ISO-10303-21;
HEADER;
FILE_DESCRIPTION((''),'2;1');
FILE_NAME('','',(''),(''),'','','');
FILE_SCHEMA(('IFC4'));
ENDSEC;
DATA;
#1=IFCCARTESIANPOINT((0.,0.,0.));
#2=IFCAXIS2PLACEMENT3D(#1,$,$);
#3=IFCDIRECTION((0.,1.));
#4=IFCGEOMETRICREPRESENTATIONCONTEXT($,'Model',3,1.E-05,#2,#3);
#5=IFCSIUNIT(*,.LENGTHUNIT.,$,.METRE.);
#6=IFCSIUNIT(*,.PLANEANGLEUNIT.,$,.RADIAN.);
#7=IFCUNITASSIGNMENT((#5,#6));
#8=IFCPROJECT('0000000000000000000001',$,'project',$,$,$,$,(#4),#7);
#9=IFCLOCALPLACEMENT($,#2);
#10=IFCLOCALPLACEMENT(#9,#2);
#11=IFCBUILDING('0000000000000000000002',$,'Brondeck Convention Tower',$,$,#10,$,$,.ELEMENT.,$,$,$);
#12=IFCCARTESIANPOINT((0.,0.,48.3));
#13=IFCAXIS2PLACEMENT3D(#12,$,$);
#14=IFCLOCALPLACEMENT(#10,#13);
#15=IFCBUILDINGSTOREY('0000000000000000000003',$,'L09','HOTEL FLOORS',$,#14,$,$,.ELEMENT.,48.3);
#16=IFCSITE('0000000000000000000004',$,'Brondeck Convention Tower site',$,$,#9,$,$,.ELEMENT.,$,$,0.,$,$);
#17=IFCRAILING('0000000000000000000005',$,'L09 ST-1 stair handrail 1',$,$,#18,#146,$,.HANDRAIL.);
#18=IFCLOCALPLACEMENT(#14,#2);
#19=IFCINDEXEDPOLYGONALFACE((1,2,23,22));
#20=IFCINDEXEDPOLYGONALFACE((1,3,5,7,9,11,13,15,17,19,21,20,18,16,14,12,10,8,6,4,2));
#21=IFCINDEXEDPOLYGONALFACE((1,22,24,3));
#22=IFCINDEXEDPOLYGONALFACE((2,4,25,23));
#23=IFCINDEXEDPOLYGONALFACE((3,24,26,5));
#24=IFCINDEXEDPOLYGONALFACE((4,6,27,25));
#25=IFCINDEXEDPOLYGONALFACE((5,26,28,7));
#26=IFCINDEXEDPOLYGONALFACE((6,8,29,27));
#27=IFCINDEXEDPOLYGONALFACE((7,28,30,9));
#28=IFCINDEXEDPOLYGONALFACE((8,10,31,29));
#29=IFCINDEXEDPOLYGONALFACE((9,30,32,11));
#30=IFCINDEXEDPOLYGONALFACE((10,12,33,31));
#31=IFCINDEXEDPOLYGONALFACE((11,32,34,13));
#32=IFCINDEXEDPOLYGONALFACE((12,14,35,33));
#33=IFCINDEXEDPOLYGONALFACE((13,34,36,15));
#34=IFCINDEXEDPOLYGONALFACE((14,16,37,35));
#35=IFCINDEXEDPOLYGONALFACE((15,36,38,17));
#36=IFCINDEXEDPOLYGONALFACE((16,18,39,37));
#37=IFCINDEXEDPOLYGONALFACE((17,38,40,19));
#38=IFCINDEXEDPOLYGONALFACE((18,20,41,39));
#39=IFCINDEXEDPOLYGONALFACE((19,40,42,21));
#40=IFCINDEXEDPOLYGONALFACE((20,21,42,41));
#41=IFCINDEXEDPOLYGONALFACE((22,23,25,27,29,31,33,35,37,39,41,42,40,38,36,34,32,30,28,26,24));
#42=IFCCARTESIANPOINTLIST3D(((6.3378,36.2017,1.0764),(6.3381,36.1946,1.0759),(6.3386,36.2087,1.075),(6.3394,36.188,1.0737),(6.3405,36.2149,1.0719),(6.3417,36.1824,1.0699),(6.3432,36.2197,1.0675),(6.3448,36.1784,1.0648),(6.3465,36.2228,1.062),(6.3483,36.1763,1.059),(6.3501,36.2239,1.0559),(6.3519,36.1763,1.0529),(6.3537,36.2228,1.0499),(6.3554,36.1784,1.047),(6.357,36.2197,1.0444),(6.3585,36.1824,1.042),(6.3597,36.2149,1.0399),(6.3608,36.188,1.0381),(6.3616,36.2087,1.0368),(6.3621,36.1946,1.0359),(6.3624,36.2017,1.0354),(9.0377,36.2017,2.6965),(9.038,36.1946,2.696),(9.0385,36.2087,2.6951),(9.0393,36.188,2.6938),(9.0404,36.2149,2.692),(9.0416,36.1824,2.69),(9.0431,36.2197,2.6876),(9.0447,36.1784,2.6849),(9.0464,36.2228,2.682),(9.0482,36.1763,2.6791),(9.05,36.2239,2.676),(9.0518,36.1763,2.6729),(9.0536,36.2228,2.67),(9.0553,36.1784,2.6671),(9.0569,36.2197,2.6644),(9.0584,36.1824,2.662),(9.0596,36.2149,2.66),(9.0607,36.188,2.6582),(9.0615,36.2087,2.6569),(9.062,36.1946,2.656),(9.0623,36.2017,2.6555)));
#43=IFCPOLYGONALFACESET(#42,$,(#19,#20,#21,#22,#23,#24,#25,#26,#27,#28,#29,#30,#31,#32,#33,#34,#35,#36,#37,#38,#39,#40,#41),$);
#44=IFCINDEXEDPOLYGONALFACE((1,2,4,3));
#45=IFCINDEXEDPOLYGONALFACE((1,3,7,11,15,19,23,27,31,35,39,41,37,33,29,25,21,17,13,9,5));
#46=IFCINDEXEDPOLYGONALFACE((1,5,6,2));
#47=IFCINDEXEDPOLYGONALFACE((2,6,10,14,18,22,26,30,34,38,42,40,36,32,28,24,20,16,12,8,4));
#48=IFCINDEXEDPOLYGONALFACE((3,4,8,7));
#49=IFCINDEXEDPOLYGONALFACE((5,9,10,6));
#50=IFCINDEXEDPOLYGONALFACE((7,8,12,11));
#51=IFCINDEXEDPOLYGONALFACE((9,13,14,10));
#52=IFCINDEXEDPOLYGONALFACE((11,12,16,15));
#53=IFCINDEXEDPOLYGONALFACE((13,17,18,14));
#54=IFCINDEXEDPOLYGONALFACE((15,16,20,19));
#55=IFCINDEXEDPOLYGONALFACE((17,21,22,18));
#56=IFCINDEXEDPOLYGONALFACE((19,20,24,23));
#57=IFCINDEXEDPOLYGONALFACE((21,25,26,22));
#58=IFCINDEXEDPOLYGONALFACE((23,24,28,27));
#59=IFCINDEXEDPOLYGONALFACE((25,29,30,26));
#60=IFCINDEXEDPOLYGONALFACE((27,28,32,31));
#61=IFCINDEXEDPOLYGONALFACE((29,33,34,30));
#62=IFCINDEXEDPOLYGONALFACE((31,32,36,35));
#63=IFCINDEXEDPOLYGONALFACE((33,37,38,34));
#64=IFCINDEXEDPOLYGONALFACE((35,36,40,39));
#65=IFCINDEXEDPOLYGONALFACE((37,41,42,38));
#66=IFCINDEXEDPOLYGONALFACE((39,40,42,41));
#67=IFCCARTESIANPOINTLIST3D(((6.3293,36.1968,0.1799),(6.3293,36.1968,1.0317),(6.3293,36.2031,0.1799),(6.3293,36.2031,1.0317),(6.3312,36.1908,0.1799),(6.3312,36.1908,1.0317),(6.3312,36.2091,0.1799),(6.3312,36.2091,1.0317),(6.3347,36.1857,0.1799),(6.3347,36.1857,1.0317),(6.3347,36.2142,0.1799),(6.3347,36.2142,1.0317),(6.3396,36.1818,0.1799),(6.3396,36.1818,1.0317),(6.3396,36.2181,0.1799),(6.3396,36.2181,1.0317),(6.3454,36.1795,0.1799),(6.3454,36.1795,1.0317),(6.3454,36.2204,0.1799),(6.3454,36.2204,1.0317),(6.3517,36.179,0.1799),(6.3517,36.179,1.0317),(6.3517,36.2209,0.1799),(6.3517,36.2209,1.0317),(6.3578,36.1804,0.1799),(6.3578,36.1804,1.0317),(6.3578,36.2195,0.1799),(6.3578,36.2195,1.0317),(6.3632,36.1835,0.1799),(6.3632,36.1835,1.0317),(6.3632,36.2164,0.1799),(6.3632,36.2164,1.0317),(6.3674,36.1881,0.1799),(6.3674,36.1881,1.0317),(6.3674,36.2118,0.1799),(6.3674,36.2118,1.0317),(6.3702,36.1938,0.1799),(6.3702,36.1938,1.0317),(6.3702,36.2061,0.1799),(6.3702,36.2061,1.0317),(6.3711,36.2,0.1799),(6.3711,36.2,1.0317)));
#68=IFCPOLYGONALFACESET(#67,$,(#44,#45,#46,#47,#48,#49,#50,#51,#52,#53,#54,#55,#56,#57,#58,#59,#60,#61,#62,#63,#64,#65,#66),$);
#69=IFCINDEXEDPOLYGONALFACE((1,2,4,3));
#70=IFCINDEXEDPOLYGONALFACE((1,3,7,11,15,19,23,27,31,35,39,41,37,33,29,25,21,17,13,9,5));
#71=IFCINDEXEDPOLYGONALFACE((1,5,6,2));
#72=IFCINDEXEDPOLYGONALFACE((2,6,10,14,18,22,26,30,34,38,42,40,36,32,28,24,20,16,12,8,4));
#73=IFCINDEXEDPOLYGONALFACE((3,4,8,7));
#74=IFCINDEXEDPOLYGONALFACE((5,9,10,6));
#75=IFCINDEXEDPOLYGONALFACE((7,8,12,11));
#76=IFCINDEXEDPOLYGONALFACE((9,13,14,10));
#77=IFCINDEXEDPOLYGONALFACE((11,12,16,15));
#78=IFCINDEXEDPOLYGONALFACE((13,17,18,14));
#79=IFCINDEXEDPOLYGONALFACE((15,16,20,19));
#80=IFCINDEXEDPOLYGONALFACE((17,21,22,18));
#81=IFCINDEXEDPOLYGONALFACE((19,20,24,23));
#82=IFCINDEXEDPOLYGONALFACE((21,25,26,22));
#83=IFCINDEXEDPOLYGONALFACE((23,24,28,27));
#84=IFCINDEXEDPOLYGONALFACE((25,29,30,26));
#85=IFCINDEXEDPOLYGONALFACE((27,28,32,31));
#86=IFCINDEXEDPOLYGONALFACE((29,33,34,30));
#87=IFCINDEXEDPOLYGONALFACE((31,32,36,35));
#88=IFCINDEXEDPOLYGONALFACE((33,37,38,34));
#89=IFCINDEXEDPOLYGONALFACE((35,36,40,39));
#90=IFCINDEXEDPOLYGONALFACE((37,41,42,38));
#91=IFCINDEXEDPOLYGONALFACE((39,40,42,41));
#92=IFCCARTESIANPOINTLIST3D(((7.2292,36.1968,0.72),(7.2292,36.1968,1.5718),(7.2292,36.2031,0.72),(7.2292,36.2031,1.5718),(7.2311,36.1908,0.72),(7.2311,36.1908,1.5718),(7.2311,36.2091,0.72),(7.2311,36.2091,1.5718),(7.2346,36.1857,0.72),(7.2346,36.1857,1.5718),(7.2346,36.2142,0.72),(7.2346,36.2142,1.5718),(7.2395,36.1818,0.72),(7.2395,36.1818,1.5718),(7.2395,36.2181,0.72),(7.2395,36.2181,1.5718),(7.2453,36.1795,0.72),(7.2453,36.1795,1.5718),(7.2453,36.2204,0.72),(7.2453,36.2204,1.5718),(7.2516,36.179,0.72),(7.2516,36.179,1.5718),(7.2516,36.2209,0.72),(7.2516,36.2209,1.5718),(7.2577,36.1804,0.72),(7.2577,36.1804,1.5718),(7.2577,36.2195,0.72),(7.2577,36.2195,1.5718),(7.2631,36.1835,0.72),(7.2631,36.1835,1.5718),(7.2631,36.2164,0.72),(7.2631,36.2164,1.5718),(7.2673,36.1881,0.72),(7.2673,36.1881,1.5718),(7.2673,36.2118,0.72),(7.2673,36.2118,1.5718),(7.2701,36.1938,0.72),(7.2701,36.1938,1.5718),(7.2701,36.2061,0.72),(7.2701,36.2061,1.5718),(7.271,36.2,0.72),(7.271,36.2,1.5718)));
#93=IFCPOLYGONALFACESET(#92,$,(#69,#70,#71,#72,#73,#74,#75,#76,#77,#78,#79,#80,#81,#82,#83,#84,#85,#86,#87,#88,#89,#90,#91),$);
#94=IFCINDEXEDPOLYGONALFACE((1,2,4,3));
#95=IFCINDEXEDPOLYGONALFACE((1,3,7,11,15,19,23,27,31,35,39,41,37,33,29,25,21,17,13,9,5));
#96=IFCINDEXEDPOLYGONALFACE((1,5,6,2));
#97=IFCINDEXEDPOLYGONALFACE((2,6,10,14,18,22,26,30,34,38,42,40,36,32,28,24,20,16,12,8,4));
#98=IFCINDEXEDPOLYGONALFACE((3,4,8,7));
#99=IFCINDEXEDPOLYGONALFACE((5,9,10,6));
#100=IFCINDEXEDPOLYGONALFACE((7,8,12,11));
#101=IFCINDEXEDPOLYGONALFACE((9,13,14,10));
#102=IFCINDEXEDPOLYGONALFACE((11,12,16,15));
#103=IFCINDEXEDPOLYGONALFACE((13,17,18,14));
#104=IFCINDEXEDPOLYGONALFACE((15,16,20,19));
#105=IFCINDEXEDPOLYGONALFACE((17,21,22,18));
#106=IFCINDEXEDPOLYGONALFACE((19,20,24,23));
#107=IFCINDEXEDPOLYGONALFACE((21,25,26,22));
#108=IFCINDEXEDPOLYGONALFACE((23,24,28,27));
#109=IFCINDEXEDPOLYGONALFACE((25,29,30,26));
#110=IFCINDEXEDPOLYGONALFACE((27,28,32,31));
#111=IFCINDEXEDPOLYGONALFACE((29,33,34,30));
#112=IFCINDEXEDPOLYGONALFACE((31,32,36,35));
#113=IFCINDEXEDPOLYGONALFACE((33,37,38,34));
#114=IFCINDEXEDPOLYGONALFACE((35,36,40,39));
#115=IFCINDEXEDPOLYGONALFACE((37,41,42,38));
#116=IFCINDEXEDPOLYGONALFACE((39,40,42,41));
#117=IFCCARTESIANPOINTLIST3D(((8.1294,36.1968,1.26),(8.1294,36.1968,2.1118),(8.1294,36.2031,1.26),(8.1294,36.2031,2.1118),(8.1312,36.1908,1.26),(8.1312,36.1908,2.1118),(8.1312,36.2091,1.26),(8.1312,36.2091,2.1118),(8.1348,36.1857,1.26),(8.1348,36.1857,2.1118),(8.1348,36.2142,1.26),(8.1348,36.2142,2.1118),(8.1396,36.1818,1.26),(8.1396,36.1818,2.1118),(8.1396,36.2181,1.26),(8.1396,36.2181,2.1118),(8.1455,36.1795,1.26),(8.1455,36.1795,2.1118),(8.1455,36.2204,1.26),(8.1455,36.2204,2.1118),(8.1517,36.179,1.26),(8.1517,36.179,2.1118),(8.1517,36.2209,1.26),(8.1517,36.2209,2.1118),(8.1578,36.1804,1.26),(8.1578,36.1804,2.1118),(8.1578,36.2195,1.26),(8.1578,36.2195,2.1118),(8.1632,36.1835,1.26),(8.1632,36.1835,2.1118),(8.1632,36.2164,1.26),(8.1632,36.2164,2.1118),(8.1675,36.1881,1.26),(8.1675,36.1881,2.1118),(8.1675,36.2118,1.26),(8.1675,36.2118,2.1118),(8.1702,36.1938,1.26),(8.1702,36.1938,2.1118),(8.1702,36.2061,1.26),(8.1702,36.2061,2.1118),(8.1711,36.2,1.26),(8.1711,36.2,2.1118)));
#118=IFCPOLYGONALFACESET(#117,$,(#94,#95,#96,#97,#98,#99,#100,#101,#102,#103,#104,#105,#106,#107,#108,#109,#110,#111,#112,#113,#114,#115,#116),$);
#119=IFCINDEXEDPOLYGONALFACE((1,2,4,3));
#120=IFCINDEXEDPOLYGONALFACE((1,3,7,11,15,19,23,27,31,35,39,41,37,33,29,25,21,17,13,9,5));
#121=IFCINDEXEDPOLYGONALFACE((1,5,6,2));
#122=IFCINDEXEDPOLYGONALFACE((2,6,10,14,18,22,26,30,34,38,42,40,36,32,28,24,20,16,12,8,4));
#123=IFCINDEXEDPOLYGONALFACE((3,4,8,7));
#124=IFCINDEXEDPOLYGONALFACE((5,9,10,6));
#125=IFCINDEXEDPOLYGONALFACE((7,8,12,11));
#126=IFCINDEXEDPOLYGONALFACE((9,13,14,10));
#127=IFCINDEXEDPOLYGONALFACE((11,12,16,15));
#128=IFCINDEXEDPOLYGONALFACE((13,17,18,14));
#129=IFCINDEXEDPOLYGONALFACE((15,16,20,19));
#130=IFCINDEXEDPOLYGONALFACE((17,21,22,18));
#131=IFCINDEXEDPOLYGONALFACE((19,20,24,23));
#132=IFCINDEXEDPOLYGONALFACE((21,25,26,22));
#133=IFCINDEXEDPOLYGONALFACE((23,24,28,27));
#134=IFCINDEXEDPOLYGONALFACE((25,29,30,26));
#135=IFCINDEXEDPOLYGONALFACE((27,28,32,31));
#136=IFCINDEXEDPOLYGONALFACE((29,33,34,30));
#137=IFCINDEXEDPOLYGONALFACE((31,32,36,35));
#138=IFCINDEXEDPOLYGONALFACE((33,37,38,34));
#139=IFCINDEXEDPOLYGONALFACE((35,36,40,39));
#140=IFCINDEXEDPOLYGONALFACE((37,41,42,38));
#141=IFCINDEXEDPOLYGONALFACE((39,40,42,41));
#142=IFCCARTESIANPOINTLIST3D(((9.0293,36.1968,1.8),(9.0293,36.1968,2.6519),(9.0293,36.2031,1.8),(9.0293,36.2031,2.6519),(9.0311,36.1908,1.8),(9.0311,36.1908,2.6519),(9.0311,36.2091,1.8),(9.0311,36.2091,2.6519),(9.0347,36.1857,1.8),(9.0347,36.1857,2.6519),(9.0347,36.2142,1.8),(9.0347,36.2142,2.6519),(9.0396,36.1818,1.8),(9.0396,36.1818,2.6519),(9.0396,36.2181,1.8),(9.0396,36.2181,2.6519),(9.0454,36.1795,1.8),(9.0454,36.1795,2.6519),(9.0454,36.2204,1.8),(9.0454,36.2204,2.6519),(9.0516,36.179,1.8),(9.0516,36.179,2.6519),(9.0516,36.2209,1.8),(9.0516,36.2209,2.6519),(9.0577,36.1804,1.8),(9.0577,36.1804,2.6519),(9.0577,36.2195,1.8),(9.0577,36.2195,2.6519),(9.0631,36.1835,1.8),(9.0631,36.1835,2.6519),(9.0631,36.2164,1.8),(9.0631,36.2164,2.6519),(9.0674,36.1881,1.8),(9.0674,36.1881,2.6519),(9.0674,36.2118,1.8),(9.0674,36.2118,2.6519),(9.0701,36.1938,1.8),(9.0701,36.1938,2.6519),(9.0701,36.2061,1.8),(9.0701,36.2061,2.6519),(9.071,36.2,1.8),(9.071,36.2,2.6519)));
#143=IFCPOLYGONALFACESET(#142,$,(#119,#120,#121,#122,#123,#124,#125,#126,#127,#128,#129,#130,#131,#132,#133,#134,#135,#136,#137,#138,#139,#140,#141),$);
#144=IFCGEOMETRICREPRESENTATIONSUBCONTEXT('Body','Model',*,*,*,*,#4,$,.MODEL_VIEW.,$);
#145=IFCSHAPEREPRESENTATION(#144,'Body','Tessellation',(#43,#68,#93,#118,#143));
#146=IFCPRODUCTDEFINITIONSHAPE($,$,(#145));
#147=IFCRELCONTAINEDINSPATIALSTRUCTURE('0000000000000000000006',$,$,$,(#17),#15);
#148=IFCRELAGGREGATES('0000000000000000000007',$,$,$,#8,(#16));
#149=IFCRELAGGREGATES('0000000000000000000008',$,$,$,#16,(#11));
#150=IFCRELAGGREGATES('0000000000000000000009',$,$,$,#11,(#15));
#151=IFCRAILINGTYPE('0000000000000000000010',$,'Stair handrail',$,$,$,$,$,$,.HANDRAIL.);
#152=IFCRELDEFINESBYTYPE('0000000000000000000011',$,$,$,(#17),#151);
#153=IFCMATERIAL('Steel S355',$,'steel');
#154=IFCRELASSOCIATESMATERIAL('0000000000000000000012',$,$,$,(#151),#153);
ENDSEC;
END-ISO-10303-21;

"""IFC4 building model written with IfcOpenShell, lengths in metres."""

from ifc_helpers import new_model, si_unit, direction, frame, origin, origin_2d, place, context, subcontext, project, spatial, circle, extrude, material, type_object, element, save


model = new_model("IFC4")

# Units and contexts
model_context = context("Model", 3, precision=1e-05, world=origin(), true_north=direction((0.0, 1.0)))
body_context = subcontext(model_context, "Body", "Model", "MODEL_VIEW")
ifc_project = project(units=[si_unit("LENGTHUNIT", "METRE"), si_unit("PLANEANGLEUNIT", "RADIAN")], contexts=[model_context])

# Site, building, storey
site_placement = place(None, origin())
site = spatial("IfcSite", under=ifc_project, at=site_placement, Name="Brondeck Convention Tower site", CompositionType="ELEMENT", RefElevation=0.0)
building_placement = place(site_placement, origin())
building = spatial("IfcBuilding", under=site, at=building_placement, Name="Brondeck Convention Tower", CompositionType="ELEMENT")
storey_placement = place(building_placement, frame((0.0, 0.0, 48.3)))
storey = spatial("IfcBuildingStorey", under=building, at=storey_placement, Name="L09", Description="HOTEL FLOORS", CompositionType="ELEMENT", Elevation=48.3)

# Railing
ifc_material_1 = material(Name="Steel S355", Category="steel")
railing_type_1 = type_object("IfcRailingType", Name="Stair handrail", PredefinedType="HANDRAIL", material=ifc_material_1)
railing_1_placement = place(storey_placement, frame((6.3501, 36.2, 0.1799)))
element("IfcRailing", 1, at=railing_1_placement, inside=storey, type_object=railing_type_1, Name="L09 ST-1 stair handrail 1", PredefinedType="HANDRAIL", context=body_context, shape_type="SweptSolid", body=[
    extrude(circle(Radius=0.0239, at=origin_2d()), frame((0.0, 0.0, 0.876), z_axis=(0.857472, 0.0, 0.51453), x_axis=(0.0, 1.0, 0.0)), (0.0, 0.0, 1.0), 3.1487),
    extrude(circle(Radius=0.021, at=origin_2d()), origin(), (0.0, 0.0, 1.0), 0.8518),
    extrude(circle(Radius=0.021, at=origin_2d()), frame((0.8999, 0.0, 0.54)), (0.0, 0.0, 1.0), 0.8518),
    extrude(circle(Radius=0.021, at=origin_2d()), frame((1.8, 0.0, 1.0801)), (0.0, 0.0, 1.0), 0.8518),
    extrude(circle(Radius=0.021, at=origin_2d()), frame((2.7, 0.0, 1.6201)), (0.0, 0.0, 1.0), 0.8518),
])

save(model, "model.ifc")
